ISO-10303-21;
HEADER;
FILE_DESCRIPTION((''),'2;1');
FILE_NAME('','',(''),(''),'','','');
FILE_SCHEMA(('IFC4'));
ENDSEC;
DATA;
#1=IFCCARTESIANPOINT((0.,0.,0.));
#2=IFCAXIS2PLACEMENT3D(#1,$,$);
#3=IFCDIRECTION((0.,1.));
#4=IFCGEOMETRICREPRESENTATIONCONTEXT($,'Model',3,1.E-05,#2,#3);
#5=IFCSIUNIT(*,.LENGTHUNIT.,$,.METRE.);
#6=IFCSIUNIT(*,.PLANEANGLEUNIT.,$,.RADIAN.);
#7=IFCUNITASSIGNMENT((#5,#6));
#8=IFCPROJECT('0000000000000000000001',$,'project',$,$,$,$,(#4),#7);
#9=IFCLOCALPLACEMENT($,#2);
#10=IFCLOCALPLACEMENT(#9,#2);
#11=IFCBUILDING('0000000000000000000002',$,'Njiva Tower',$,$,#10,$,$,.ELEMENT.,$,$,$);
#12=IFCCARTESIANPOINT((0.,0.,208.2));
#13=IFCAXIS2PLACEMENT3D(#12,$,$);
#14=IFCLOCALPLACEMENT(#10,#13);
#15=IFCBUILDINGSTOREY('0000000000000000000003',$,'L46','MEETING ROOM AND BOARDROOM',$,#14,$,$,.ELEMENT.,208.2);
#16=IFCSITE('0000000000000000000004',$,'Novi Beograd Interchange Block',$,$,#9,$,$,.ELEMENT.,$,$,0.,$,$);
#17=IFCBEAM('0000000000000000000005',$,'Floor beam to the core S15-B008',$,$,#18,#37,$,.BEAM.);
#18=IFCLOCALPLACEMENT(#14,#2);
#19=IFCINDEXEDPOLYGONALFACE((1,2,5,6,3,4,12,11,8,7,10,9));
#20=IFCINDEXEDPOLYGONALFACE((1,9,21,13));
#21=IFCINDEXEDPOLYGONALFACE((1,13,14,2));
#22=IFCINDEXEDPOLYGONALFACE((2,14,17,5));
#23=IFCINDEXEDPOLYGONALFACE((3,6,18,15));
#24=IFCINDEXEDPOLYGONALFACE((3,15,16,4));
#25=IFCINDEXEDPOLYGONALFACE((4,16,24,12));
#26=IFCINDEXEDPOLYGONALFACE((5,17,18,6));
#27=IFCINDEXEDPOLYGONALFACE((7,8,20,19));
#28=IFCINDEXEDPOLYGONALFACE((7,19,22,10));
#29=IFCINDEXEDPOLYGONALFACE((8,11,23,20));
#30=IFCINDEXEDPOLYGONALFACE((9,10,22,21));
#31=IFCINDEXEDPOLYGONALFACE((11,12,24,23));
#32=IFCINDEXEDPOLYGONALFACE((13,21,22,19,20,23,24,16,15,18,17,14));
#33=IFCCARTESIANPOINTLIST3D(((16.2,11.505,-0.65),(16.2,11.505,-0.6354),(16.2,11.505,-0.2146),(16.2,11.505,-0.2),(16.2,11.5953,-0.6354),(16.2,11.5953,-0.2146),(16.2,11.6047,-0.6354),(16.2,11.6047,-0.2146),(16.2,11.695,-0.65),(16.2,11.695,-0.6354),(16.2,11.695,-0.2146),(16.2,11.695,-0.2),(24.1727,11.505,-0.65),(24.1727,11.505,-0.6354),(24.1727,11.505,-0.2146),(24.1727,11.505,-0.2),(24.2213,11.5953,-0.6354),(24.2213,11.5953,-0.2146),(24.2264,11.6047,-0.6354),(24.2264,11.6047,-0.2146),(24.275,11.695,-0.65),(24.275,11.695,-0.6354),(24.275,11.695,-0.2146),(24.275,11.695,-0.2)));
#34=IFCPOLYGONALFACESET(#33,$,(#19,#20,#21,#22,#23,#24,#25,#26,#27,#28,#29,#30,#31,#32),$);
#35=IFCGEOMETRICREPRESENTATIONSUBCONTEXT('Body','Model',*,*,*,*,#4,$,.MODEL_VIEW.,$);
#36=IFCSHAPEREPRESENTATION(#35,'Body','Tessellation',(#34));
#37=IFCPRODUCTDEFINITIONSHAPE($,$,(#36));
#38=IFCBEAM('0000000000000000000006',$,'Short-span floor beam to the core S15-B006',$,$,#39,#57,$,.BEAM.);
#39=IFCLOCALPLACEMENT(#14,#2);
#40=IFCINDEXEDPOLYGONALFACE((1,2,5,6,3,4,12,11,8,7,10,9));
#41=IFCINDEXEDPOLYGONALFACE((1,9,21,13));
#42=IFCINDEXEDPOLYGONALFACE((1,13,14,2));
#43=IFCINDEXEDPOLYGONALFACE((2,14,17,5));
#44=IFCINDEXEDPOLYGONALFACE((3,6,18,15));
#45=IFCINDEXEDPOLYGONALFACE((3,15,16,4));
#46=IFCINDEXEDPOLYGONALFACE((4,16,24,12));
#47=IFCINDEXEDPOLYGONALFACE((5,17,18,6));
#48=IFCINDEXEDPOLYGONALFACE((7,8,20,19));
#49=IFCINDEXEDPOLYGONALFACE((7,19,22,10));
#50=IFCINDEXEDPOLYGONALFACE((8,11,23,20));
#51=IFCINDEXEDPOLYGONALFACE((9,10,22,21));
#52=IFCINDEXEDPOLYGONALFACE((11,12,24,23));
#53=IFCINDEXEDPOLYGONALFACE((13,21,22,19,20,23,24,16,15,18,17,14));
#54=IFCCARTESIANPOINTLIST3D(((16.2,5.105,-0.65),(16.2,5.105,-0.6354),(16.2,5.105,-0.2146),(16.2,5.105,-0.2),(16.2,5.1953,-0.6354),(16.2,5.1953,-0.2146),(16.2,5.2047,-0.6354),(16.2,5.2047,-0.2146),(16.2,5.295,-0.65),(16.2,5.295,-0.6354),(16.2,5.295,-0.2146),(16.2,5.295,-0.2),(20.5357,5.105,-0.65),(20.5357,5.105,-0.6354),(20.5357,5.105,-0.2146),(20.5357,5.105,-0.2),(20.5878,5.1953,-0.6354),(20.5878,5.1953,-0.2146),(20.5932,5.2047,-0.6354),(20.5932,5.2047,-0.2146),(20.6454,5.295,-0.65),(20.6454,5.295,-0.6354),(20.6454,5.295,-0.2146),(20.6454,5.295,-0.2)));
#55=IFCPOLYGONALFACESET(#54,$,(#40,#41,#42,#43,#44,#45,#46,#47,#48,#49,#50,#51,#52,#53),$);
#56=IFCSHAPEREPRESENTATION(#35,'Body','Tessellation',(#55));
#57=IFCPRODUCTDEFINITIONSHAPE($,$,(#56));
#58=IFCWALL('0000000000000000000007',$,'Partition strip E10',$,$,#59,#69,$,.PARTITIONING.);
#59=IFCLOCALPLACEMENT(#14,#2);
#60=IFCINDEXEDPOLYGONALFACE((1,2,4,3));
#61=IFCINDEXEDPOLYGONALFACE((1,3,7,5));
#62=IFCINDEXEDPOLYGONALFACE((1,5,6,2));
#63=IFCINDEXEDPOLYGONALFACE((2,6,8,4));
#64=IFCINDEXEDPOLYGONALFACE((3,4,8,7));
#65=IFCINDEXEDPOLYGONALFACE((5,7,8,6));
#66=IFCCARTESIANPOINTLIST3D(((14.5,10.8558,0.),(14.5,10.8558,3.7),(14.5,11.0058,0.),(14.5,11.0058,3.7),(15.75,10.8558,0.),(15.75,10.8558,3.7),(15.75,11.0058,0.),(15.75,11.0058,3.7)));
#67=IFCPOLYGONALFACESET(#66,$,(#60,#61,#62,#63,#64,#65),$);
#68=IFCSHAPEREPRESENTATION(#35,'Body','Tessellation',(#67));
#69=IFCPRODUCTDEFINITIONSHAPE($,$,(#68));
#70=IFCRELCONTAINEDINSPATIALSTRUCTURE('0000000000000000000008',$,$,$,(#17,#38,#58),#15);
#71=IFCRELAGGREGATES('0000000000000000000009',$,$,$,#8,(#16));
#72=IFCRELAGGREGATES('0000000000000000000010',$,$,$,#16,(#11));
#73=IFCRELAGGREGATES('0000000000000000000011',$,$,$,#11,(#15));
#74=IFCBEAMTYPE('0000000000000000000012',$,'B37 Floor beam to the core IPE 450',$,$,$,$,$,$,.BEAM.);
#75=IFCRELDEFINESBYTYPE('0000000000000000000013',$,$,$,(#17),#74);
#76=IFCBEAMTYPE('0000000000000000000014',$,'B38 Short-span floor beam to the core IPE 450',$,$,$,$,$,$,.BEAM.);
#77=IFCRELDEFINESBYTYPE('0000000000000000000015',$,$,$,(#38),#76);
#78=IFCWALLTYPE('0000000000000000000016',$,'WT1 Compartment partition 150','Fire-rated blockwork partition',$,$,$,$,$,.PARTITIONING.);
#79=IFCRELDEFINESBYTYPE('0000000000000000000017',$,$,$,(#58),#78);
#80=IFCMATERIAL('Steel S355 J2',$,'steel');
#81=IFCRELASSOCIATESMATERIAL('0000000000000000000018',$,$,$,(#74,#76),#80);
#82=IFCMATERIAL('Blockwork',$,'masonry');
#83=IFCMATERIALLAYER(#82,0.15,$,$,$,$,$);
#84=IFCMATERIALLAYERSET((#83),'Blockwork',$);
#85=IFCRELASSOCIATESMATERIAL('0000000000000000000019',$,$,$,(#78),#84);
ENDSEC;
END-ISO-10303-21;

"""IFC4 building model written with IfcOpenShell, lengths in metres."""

from ifc_helpers import new_model, si_unit, direction, frame, frame_2d, origin, origin_2d, place, context, subcontext, project, spatial, rectangle, i_section, extrude, clip, halfspace, material, layer, layer_set, material_profile, profile_set, type_object, element, save


model = new_model("IFC4")

# Units and contexts
model_context = context("Model", 3, precision=1e-05, world=origin(), true_north=direction((0.0, 1.0)))
body_context = subcontext(model_context, "Body", "Model", "MODEL_VIEW")
ifc_project = project(units=[si_unit("LENGTHUNIT", "METRE"), si_unit("PLANEANGLEUNIT", "RADIAN")], contexts=[model_context])

# Site, building, storey
site_placement = place(None, origin())
site = spatial("IfcSite", under=ifc_project, at=site_placement, Name="Novi Beograd Interchange Block", CompositionType="ELEMENT", RefElevation=0.0)
building_placement = place(site_placement, origin())
building = spatial("IfcBuilding", under=site, at=building_placement, Name="Njiva Tower", CompositionType="ELEMENT")
storey_placement = place(building_placement, frame((0.0, 0.0, 208.2)))
storey = spatial("IfcBuildingStorey", under=building, at=storey_placement, Name="L46", Description="MEETING ROOM AND BOARDROOM", CompositionType="ELEMENT", Elevation=208.2)

# Shared definitions
ifc_material_1 = material(Name="Steel S355 J2", Category="steel")

# Beams
ifc_material_profile_1 = material_profile(ifc_material_1, i_section(OverallWidth=0.19, OverallDepth=0.45, WebThickness=0.0094, FlangeThickness=0.0146, at=origin_2d()), Name="IPE 450")
ifc_profile_set_1 = profile_set([ifc_material_profile_1], Name="Steel S355 J2")
beam_type_1 = type_object("IfcBeamType", Name="B37 Floor beam to the core IPE 450", PredefinedType="BEAM", material=ifc_profile_set_1)
beam_1_placement = place(storey_placement, frame((16.2, 11.6, -0.425), z_axis=(1.0, 0.0, 0.0), x_axis=(0.0, 1.0, 0.0)))
element("IfcBeam", 1, at=beam_1_placement, inside=storey, type_object=beam_type_1, Name="Floor beam to the core S15-B008", PredefinedType="BEAM", context=body_context, shape_type="Clipping", body=[
    clip(extrude(i_section(OverallWidth=0.19, OverallDepth=0.45, WebThickness=0.0094, FlangeThickness=0.0146, at=origin_2d()), origin(), (0.0, 0.0, 1.0), 8.095), halfspace(frame((-0.0237, 0.0, 8.0111), z_axis=(-0.473769, 0.0, 0.880649), x_axis=(0.0, 1.0, 0.0)), False)),
])
ifc_material_profile_2 = material_profile(ifc_material_1, i_section(OverallWidth=0.19, OverallDepth=0.45, WebThickness=0.0094, FlangeThickness=0.0146, at=origin_2d()), Name="IPE 450")
ifc_profile_set_2 = profile_set([ifc_material_profile_2], Name="Steel S355 J2")
beam_type_2 = type_object("IfcBeamType", Name="B38 Short-span floor beam to the core IPE 450", PredefinedType="BEAM", material=ifc_profile_set_2)
beam_2_placement = place(storey_placement, frame((16.2, 5.2, -0.425), z_axis=(1.0, 0.0, 0.0), x_axis=(0.0, 1.0, 0.0)))
element("IfcBeam", 2, at=beam_2_placement, inside=storey, type_object=beam_type_2, Name="Short-span floor beam to the core S15-B006", PredefinedType="BEAM", context=body_context, shape_type="Clipping", body=[
    clip(extrude(i_section(OverallWidth=0.19, OverallDepth=0.45, WebThickness=0.0094, FlangeThickness=0.0146, at=origin_2d()), origin(), (0.0, 0.0, 1.0), 4.466), halfspace(frame((-0.025, 0.0, 4.3761), z_axis=(-0.499998, 0.0, 0.866027), x_axis=(0.0, 1.0, 0.0)), False)),
])

# Wall
ifc_material_2 = material(Name="Blockwork", Category="masonry")
ifc_layer_1 = layer(ifc_material_2, 0.15)
ifc_layer_set_1 = layer_set([ifc_layer_1], Name="Blockwork")
wall_type_1 = type_object("IfcWallType", Name="WT1 Compartment partition 150", Description="Fire-rated blockwork partition", PredefinedType="PARTITIONING", material=ifc_layer_set_1)
wall_1_placement = place(storey_placement, frame((14.5, 10.9308, 0.0), z_axis=(0.0, 0.0, 1.0), x_axis=(1.0, 0.0, 0.0)))
element("IfcWall", 3, at=wall_1_placement, inside=storey, type_object=wall_type_1, Name="Partition strip E10", PredefinedType="PARTITIONING", context=body_context, shape_type="SweptSolid", body=[
    extrude(rectangle(XDim=1.25, YDim=0.15, at=frame_2d((0.625, 0.0))), origin(), (0.0, 0.0, 1.0), 3.7),
])

save(model, "model.ifc")
